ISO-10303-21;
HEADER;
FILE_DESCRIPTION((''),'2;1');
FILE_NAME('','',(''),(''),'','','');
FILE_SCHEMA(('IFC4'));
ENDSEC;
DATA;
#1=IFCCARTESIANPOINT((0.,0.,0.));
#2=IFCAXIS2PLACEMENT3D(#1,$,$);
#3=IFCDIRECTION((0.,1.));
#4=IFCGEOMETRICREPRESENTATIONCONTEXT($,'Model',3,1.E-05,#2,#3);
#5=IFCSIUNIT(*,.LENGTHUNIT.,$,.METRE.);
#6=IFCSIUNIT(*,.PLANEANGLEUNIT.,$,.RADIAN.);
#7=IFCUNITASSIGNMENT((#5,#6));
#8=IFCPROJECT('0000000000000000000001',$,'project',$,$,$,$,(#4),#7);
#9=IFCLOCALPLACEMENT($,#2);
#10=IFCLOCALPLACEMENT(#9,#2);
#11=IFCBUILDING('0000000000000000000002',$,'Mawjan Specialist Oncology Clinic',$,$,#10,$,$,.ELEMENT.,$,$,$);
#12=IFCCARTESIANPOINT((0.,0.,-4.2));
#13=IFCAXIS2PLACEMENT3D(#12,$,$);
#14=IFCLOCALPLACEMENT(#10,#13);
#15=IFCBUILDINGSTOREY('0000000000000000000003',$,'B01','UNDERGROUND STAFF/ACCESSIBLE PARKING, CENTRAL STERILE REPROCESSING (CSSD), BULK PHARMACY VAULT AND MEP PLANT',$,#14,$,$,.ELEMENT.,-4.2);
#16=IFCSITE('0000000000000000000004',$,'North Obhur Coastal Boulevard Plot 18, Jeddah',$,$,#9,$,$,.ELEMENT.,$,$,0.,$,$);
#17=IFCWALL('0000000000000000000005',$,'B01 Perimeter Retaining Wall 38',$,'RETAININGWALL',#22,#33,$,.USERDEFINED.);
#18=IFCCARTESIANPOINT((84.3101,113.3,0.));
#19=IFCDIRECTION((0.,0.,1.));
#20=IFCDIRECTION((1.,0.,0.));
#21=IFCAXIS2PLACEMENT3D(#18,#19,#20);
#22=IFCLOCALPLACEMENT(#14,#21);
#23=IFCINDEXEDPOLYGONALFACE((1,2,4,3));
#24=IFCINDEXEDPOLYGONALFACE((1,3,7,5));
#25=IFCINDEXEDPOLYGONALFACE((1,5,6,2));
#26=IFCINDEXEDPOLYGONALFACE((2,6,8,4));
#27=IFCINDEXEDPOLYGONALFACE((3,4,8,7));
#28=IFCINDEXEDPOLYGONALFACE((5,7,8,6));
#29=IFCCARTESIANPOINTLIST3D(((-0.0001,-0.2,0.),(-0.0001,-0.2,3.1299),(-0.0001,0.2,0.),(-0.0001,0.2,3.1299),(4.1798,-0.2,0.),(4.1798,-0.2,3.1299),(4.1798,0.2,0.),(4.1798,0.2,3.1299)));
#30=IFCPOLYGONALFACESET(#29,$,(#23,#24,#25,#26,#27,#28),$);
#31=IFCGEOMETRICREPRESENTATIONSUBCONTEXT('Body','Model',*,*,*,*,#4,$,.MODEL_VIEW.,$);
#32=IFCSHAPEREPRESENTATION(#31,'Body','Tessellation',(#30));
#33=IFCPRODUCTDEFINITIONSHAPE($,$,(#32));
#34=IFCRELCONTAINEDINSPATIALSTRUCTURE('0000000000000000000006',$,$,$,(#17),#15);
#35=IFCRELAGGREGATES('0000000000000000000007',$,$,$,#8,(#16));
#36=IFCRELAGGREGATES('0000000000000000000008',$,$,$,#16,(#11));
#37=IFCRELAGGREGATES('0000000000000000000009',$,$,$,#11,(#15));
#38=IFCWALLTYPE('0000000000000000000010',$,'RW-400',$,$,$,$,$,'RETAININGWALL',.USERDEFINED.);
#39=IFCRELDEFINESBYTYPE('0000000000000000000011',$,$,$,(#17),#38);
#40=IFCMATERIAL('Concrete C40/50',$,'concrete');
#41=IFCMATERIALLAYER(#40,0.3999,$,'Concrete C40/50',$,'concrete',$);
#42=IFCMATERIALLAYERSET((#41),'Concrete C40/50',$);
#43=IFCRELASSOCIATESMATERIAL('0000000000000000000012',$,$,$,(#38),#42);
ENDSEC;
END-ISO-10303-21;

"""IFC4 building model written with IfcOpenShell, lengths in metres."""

from ifc_helpers import new_model, si_unit, direction, frame, frame_2d, origin, place, context, subcontext, project, spatial, rectangle, extrude, material, layer, layer_set, type_object, element, save


model = new_model("IFC4")

# Units and contexts
model_context = context("Model", 3, precision=1e-05, world=origin(), true_north=direction((0.0, 1.0)))
body_context = subcontext(model_context, "Body", "Model", "MODEL_VIEW")
ifc_project = project(units=[si_unit("LENGTHUNIT", "METRE"), si_unit("PLANEANGLEUNIT", "RADIAN")], contexts=[model_context])

# Site, building, storey
site_placement = place(None, origin())
site = spatial("IfcSite", under=ifc_project, at=site_placement, Name="North Obhur Coastal Boulevard Plot 18, Jeddah", CompositionType="ELEMENT", RefElevation=0.0)
building_placement = place(site_placement, origin())
building = spatial("IfcBuilding", under=site, at=building_placement, Name="Mawjan Specialist Oncology Clinic", CompositionType="ELEMENT")
storey_placement = place(building_placement, frame((0.0, 0.0, -4.2)))
storey = spatial("IfcBuildingStorey", under=building, at=storey_placement, Name="B01", Description="UNDERGROUND STAFF/ACCESSIBLE PARKING, CENTRAL STERILE REPROCESSING (CSSD), BULK PHARMACY VAULT AND MEP PLANT", CompositionType="ELEMENT", Elevation=-4.2)

# Wall
ifc_material_1 = material(Name="Concrete C40/50", Category="concrete")
ifc_layer = layer(ifc_material_1, 0.3999, Name="Concrete C40/50", Category="concrete")
ifc_layer_set = layer_set([ifc_layer], Name="Concrete C40/50")
wall_type = type_object("IfcWallType", Name="RW-400", ElementType="RETAININGWALL", PredefinedType="USERDEFINED", material=ifc_layer_set)
for number, where, z_axis, x_axis, name in (
    (1, (84.3101, 113.3, 0.0), (0.0, 0.0, 1.0), (1.0, 0.0, 0.0), "B01 Perimeter Retaining Wall 38"),
):
    element("IfcWall", number, at=place(storey_placement, frame(where, z_axis=z_axis, x_axis=x_axis)), inside=storey, type_object=wall_type, Name=name, ObjectType="RETAININGWALL", PredefinedType="USERDEFINED", context=body_context, shape_type="SweptSolid", body=[
        extrude(rectangle(XDim=4.1799, YDim=0.3999, at=frame_2d((2.0898, 0.0))), origin(), (0.0, 0.0, 1.0), 3.1299),
    ])

save(model, "model.ifc")
